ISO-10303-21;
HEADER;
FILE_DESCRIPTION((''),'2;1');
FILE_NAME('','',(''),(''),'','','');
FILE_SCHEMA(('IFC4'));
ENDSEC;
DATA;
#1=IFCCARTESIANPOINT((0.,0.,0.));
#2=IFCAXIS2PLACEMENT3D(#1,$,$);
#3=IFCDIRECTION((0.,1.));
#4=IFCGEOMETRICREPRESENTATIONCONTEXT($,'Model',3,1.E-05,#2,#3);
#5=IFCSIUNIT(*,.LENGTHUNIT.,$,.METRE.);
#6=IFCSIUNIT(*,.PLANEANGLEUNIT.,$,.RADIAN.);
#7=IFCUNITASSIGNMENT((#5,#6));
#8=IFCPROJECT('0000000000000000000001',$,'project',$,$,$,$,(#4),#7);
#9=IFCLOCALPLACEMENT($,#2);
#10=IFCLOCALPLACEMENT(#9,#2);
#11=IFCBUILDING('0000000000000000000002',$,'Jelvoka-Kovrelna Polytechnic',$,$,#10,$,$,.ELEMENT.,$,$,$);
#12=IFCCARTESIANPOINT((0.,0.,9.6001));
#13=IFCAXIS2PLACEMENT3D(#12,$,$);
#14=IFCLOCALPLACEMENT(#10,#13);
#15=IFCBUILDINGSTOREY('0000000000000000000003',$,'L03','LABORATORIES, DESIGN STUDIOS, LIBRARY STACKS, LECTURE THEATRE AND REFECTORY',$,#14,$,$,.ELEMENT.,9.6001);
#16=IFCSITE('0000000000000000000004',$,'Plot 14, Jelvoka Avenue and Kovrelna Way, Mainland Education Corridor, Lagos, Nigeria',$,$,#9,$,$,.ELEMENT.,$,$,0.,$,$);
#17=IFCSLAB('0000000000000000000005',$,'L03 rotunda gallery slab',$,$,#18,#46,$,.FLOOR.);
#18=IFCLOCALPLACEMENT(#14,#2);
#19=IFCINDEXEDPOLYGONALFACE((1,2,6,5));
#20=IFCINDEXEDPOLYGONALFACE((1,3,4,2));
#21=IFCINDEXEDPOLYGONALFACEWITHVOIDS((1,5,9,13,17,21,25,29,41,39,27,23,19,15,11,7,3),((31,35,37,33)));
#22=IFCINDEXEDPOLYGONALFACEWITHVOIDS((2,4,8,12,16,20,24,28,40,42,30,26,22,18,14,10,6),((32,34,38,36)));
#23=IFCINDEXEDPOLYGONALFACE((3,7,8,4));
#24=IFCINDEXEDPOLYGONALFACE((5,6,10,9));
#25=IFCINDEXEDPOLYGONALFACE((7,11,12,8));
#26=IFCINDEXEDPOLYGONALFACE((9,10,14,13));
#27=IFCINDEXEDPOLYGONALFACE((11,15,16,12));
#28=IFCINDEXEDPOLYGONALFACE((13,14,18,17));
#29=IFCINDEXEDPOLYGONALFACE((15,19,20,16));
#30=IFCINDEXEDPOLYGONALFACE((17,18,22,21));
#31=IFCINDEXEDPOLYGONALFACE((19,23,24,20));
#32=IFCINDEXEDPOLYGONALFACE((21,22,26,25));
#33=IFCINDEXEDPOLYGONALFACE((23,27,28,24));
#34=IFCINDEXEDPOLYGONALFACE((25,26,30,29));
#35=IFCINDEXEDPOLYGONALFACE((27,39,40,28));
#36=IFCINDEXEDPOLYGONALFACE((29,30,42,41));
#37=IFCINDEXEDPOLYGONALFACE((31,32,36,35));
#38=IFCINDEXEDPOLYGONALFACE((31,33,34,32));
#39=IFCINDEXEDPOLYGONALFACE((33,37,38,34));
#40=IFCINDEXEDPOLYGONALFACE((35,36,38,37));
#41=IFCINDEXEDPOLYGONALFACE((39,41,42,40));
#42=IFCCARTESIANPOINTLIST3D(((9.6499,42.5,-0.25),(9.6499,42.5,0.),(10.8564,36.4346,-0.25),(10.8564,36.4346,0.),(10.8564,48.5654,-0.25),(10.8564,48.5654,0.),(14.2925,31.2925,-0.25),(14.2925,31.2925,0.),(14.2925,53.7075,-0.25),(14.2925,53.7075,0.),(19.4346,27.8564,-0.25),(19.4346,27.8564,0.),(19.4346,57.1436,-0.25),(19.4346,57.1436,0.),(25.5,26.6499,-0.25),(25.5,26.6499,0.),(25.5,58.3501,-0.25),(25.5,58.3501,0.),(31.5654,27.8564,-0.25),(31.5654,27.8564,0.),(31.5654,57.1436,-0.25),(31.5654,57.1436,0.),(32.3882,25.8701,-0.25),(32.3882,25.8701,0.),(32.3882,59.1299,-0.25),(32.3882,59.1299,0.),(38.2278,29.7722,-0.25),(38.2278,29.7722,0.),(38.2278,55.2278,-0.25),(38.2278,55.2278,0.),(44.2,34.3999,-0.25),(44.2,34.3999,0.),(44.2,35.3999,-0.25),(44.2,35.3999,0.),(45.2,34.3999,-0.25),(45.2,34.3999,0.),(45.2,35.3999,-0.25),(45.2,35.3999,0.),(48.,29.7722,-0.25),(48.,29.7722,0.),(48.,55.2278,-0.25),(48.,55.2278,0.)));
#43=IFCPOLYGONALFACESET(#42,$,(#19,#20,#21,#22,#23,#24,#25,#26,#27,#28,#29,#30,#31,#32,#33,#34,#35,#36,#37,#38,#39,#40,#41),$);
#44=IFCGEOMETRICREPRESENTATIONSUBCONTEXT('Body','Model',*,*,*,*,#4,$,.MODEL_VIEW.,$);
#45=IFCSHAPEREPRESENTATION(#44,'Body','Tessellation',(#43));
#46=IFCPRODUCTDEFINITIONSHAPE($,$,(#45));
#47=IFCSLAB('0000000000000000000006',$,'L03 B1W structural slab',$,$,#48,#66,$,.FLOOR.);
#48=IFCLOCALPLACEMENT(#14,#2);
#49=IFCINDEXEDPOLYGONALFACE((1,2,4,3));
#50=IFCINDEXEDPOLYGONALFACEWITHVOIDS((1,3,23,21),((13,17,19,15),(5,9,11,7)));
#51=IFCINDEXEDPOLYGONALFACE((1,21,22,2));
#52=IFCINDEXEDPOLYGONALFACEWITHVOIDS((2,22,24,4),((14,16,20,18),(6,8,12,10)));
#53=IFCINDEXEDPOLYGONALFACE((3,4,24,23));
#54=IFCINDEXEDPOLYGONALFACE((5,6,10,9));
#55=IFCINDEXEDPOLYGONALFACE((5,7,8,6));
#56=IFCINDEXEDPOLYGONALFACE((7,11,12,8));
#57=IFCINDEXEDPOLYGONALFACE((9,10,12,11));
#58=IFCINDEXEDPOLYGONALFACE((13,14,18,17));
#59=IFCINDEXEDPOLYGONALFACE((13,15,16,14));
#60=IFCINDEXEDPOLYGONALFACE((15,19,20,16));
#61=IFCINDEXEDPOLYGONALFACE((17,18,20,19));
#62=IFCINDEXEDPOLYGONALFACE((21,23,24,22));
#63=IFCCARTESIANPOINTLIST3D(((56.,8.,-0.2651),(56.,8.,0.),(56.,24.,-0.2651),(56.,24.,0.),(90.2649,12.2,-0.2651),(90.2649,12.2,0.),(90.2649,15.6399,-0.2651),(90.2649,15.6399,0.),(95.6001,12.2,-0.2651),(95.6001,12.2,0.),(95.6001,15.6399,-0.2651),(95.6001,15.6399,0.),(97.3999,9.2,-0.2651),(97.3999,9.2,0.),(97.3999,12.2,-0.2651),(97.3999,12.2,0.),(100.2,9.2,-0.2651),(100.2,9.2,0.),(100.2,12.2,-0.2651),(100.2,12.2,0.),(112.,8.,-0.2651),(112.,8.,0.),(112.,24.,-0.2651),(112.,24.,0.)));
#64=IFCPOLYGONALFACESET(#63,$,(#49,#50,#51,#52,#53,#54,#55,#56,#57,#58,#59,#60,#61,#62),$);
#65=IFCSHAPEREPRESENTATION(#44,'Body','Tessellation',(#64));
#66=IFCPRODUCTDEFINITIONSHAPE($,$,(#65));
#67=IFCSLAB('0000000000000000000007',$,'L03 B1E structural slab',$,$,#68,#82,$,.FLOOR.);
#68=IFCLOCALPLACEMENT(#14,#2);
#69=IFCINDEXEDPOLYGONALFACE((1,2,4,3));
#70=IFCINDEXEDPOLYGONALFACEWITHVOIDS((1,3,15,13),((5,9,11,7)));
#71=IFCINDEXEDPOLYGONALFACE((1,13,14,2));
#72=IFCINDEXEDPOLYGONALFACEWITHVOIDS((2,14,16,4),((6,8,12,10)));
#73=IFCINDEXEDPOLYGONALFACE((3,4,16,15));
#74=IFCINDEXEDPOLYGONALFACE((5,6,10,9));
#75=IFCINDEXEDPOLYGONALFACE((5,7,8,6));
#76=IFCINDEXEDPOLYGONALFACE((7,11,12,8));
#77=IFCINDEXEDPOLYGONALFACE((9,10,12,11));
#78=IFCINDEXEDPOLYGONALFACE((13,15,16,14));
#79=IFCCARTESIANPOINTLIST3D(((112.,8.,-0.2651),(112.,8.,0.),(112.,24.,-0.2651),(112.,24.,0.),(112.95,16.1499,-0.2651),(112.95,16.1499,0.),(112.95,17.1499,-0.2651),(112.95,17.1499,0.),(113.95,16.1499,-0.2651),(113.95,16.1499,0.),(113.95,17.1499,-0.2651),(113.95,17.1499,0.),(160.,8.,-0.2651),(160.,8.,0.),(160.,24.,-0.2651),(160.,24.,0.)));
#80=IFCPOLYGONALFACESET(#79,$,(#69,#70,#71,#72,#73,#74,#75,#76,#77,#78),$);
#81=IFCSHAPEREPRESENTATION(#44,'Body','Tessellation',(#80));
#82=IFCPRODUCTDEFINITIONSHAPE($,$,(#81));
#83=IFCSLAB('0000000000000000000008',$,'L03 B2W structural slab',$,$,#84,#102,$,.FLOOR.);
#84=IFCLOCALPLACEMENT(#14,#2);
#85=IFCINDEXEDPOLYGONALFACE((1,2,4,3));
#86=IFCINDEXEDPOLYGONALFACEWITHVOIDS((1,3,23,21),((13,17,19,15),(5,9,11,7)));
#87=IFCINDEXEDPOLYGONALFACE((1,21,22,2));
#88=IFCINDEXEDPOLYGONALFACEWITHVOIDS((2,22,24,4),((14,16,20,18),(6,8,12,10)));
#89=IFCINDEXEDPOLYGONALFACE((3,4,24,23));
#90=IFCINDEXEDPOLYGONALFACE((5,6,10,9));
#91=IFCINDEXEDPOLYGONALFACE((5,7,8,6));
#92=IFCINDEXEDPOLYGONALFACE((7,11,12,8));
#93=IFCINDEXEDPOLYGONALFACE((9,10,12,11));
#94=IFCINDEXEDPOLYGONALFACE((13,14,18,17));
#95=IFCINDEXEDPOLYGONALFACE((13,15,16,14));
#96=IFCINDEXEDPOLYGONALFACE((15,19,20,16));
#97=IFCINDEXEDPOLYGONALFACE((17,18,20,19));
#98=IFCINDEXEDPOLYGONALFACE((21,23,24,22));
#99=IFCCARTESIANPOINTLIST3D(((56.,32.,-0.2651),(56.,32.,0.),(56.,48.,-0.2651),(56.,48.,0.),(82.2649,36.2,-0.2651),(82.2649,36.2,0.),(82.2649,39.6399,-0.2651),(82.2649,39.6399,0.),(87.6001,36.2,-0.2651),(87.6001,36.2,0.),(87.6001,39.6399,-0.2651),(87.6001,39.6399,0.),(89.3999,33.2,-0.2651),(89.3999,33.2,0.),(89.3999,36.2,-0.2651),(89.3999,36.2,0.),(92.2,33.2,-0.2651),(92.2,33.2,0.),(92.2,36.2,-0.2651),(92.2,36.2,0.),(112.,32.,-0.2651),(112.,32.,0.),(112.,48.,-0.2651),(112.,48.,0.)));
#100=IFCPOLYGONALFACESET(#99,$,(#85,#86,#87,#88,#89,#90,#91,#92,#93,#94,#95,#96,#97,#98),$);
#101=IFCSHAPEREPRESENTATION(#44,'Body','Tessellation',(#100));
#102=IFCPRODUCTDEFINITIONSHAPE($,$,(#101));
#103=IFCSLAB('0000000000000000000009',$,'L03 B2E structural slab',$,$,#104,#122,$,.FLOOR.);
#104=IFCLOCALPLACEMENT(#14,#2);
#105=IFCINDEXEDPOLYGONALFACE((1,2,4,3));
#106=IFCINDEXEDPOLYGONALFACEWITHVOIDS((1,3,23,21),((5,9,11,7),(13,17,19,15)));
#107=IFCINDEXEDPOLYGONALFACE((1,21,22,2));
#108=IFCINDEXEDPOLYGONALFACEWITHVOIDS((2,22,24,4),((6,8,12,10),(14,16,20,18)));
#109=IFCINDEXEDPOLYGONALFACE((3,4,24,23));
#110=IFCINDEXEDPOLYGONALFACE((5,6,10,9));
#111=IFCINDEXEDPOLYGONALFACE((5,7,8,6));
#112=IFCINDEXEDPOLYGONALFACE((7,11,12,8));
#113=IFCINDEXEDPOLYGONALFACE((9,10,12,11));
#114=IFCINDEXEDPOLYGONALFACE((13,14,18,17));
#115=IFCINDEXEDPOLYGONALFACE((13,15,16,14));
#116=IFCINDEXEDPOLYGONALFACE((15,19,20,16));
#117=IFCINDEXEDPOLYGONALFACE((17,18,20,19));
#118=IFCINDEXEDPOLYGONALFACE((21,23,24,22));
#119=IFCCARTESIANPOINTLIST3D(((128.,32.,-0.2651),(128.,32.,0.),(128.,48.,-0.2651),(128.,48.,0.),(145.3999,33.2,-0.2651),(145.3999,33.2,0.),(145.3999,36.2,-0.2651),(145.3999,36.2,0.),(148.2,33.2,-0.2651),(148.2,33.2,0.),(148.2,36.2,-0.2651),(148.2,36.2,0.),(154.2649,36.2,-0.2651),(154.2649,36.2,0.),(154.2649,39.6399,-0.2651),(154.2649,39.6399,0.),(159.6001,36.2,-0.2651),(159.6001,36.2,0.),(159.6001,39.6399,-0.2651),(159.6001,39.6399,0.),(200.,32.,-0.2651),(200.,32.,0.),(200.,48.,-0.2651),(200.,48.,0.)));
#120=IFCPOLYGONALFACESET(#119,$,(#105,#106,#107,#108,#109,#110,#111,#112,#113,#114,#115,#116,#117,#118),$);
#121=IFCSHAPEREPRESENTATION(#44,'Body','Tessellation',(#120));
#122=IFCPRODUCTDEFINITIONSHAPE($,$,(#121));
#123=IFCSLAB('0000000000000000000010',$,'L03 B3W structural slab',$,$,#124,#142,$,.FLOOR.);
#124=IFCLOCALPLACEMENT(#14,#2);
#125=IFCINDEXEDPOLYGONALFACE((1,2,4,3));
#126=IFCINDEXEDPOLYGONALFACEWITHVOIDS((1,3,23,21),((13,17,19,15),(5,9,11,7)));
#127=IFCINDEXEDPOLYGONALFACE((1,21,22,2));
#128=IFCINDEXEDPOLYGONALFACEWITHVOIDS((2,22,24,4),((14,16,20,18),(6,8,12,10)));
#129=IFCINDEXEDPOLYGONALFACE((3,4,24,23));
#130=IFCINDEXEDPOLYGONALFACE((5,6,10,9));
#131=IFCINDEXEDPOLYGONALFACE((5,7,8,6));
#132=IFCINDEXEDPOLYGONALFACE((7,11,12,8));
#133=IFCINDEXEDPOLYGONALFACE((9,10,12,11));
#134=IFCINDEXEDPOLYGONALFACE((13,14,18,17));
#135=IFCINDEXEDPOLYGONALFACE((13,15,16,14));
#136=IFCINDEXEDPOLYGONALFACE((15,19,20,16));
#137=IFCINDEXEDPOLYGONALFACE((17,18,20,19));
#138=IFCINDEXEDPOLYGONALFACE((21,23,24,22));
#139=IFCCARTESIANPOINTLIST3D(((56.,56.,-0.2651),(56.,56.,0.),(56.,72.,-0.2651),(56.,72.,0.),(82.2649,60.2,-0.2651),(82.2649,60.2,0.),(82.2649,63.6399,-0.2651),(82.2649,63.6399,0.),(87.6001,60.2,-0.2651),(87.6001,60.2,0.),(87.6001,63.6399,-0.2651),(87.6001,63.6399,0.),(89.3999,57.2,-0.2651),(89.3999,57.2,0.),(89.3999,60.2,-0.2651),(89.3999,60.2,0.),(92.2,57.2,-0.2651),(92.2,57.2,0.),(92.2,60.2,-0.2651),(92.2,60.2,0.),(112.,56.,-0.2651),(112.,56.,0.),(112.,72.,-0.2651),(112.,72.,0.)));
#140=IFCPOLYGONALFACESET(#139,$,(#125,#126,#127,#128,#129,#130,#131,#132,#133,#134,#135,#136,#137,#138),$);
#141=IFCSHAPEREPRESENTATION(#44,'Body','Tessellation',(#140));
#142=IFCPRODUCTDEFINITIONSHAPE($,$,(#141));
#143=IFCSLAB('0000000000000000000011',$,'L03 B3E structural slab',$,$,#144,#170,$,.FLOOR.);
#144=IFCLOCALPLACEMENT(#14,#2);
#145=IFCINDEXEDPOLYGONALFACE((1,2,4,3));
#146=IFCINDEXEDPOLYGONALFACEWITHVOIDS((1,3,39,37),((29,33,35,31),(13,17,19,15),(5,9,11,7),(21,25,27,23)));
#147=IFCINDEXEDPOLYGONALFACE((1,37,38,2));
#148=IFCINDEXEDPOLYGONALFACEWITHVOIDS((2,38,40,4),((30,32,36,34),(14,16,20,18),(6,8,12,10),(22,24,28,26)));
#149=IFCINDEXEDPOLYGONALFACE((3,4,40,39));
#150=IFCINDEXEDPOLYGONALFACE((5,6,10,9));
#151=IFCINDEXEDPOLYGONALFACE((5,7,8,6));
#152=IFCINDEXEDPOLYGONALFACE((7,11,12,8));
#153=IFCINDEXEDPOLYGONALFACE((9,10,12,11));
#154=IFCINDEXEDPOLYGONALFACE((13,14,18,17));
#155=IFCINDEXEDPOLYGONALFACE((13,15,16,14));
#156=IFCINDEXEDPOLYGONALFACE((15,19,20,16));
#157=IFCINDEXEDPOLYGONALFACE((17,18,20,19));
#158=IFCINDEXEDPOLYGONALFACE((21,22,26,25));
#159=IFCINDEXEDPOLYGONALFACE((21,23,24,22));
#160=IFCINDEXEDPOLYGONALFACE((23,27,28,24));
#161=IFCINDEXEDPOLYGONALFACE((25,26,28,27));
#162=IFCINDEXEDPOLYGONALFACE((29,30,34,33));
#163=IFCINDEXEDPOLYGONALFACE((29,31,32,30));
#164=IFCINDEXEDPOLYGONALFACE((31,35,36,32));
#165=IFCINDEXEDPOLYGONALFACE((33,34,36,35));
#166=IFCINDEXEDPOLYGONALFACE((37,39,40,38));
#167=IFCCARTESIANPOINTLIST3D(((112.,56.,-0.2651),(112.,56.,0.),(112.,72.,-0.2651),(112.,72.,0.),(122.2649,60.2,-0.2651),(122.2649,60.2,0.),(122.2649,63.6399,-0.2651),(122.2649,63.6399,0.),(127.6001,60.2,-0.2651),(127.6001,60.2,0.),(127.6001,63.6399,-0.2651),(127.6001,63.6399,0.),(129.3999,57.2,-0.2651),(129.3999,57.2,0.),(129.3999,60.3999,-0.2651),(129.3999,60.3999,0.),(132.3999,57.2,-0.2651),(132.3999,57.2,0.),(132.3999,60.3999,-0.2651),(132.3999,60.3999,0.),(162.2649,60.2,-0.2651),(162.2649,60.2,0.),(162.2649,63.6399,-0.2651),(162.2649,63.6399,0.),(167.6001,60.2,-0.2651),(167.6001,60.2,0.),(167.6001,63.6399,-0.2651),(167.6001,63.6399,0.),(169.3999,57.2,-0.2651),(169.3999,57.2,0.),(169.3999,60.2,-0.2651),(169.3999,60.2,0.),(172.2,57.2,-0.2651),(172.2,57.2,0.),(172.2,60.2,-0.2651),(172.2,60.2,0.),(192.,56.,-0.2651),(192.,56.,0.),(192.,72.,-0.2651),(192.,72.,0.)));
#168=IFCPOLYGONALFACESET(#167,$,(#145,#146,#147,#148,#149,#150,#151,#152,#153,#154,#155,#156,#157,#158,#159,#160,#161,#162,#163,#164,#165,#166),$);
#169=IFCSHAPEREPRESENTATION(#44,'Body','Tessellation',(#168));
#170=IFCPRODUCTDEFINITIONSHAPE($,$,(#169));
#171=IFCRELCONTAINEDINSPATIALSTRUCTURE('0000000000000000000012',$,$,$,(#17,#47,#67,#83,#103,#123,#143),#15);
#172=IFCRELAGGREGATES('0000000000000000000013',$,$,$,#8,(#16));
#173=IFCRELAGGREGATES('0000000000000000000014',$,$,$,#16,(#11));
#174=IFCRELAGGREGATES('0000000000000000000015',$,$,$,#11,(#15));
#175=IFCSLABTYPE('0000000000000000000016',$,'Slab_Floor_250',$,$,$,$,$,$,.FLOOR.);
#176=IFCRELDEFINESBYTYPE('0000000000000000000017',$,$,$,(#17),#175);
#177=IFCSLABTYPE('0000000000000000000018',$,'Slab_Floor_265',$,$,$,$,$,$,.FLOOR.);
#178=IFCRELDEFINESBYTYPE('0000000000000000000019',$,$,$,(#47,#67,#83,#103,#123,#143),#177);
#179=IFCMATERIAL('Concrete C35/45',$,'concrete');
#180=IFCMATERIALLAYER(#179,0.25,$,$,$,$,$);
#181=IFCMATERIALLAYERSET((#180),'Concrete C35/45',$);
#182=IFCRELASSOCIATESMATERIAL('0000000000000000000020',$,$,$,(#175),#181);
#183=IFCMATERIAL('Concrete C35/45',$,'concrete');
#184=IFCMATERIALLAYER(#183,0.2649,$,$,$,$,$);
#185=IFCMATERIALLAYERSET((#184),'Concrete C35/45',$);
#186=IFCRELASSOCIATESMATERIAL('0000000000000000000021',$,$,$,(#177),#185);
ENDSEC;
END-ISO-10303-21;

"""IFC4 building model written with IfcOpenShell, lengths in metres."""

from ifc_helpers import new_model, si_unit, direction, frame, origin, place, context, subcontext, project, spatial, polyline, outline, extrude, material, layer, layer_set, type_object, element, save


model = new_model("IFC4")

# Units and contexts
model_context = context("Model", 3, precision=1e-05, world=origin(), true_north=direction((0.0, 1.0)))
body_context = subcontext(model_context, "Body", "Model", "MODEL_VIEW")
ifc_project = project(units=[si_unit("LENGTHUNIT", "METRE"), si_unit("PLANEANGLEUNIT", "RADIAN")], contexts=[model_context])

# Site, building, storey
site_placement = place(None, origin())
site = spatial("IfcSite", under=ifc_project, at=site_placement, Name="Plot 14, Jelvoka Avenue and Kovrelna Way, Mainland Education Corridor, Lagos, Nigeria", CompositionType="ELEMENT", RefElevation=0.0)
building_placement = place(site_placement, origin())
building = spatial("IfcBuilding", under=site, at=building_placement, Name="Jelvoka-Kovrelna Polytechnic", CompositionType="ELEMENT")
storey_placement = place(building_placement, frame((0.0, 0.0, 9.6001)))
storey = spatial("IfcBuildingStorey", under=building, at=storey_placement, Name="L03", Description="LABORATORIES, DESIGN STUDIOS, LIBRARY STACKS, LECTURE THEATRE AND REFECTORY", CompositionType="ELEMENT", Elevation=9.6001)

# Slabs
ifc_material_1 = material(Name="Concrete C35/45", Category="concrete")
ifc_layer_1 = layer(ifc_material_1, 0.25)
ifc_layer_set_1 = layer_set([ifc_layer_1], Name="Concrete C35/45")
slab_type_1 = type_object("IfcSlabType", Name="Slab_Floor_250", PredefinedType="FLOOR", material=ifc_layer_set_1)
slab_1_placement = place(storey_placement, frame((0.0, 0.0, -0.25)))
element("IfcSlab", 1, at=slab_1_placement, inside=storey, type_object=slab_type_1, Name="L03 rotunda gallery slab", PredefinedType="FLOOR", context=body_context, shape_type="SweptSolid", body=[
    extrude(outline(polyline([(48.0, 29.7722), (48.0, 55.2278), (38.2278, 55.2278), (32.3882, 59.1299), (31.5654, 57.1436), (25.5, 58.3501), (19.4346, 57.1436), (14.2925, 53.7075), (10.8564, 48.5654), (9.6499, 42.5), (10.8564, 36.4346), (14.2925, 31.2925), (19.4346, 27.8564), (25.5, 26.6499), (31.5654, 27.8564), (32.3882, 25.8701), (38.2278, 29.7722), (48.0, 29.7722)]), holes=[polyline([(44.2, 34.3999), (45.2, 34.3999), (45.2, 35.3999), (44.2, 35.3999), (44.2, 34.3999)])]), origin(), (0.0, 0.0, 1.0), 0.25),
])
ifc_material_2 = material(Name="Concrete C35/45", Category="concrete")
ifc_layer_2 = layer(ifc_material_2, 0.2649)
ifc_layer_set_2 = layer_set([ifc_layer_2], Name="Concrete C35/45")
slab_type_2 = type_object("IfcSlabType", Name="Slab_Floor_265", PredefinedType="FLOOR", material=ifc_layer_set_2)
slab_2_placement = place(storey_placement, frame((0.0, 0.0, -0.2651)))
element("IfcSlab", 2, at=slab_2_placement, inside=storey, type_object=slab_type_2, Name="L03 B1W structural slab", PredefinedType="FLOOR", context=body_context, shape_type="SweptSolid", body=[
    extrude(outline(polyline([(56.0, 8.0), (112.0, 8.0), (112.0, 24.0), (56.0, 24.0), (56.0, 8.0)]), holes=[polyline([(97.3999, 9.2), (100.2, 9.2), (100.2, 12.2), (97.3999, 12.2), (97.3999, 9.2)]), polyline([(90.2649, 12.2), (95.6001, 12.2), (95.6001, 15.6399), (90.2649, 15.6399), (90.2649, 12.2)])]), origin(), (0.0, 0.0, 1.0), 0.2651),
])
slab_3_placement = place(storey_placement, frame((0.0, 0.0, -0.2651)))
element("IfcSlab", 3, at=slab_3_placement, inside=storey, type_object=slab_type_2, Name="L03 B1E structural slab", PredefinedType="FLOOR", context=body_context, shape_type="SweptSolid", body=[
    extrude(outline(polyline([(112.0, 8.0), (160.0, 8.0), (160.0, 24.0), (112.0, 24.0), (112.0, 8.0)]), holes=[polyline([(112.95, 16.1499), (113.95, 16.1499), (113.95, 17.1499), (112.95, 17.1499), (112.95, 16.1499)])]), origin(), (0.0, 0.0, 1.0), 0.2651),
])
slab_4_placement = place(storey_placement, frame((0.0, 0.0, -0.2651)))
element("IfcSlab", 4, at=slab_4_placement, inside=storey, type_object=slab_type_2, Name="L03 B2W structural slab", PredefinedType="FLOOR", context=body_context, shape_type="SweptSolid", body=[
    extrude(outline(polyline([(56.0, 32.0), (112.0, 32.0), (112.0, 48.0), (56.0, 48.0), (56.0, 32.0)]), holes=[polyline([(89.3999, 33.2), (92.2, 33.2), (92.2, 36.2), (89.3999, 36.2), (89.3999, 33.2)]), polyline([(82.2649, 36.2), (87.6001, 36.2), (87.6001, 39.6399), (82.2649, 39.6399), (82.2649, 36.2)])]), origin(), (0.0, 0.0, 1.0), 0.2651),
])
slab_5_placement = place(storey_placement, frame((0.0, 0.0, -0.2651)))
element("IfcSlab", 5, at=slab_5_placement, inside=storey, type_object=slab_type_2, Name="L03 B2E structural slab", PredefinedType="FLOOR", context=body_context, shape_type="SweptSolid", body=[
    extrude(outline(polyline([(128.0, 32.0), (200.0, 32.0), (200.0, 48.0), (128.0, 48.0), (128.0, 32.0)]), holes=[polyline([(145.3999, 33.2), (148.2, 33.2), (148.2, 36.2), (145.3999, 36.2), (145.3999, 33.2)]), polyline([(154.2649, 36.2), (159.6001, 36.2), (159.6001, 39.6399), (154.2649, 39.6399), (154.2649, 36.2)])]), origin(), (0.0, 0.0, 1.0), 0.2651),
])
slab_6_placement = place(storey_placement, frame((0.0, 0.0, -0.2651)))
element("IfcSlab", 6, at=slab_6_placement, inside=storey, type_object=slab_type_2, Name="L03 B3W structural slab", PredefinedType="FLOOR", context=body_context, shape_type="SweptSolid", body=[
    extrude(outline(polyline([(56.0, 56.0), (112.0, 56.0), (112.0, 72.0), (56.0, 72.0), (56.0, 56.0)]), holes=[polyline([(89.3999, 57.2), (92.2, 57.2), (92.2, 60.2), (89.3999, 60.2), (89.3999, 57.2)]), polyline([(82.2649, 60.2), (87.6001, 60.2), (87.6001, 63.6399), (82.2649, 63.6399), (82.2649, 60.2)])]), origin(), (0.0, 0.0, 1.0), 0.2651),
])
slab_7_placement = place(storey_placement, frame((0.0, 0.0, -0.2651)))
element("IfcSlab", 7, at=slab_7_placement, inside=storey, type_object=slab_type_2, Name="L03 B3E structural slab", PredefinedType="FLOOR", context=body_context, shape_type="SweptSolid", body=[
    extrude(outline(polyline([(112.0, 56.0), (192.0, 56.0), (192.0, 72.0), (112.0, 72.0), (112.0, 56.0)]), holes=[polyline([(169.3999, 57.2), (172.2, 57.2), (172.2, 60.2), (169.3999, 60.2), (169.3999, 57.2)]), polyline([(129.3999, 57.2), (132.3999, 57.2), (132.3999, 60.3999), (129.3999, 60.3999), (129.3999, 57.2)]), polyline([(162.2649, 60.2), (167.6001, 60.2), (167.6001, 63.6399), (162.2649, 63.6399), (162.2649, 60.2)]), polyline([(122.2649, 60.2), (127.6001, 60.2), (127.6001, 63.6399), (122.2649, 63.6399), (122.2649, 60.2)])]), origin(), (0.0, 0.0, 1.0), 0.2651),
])

save(model, "model.ifc")
